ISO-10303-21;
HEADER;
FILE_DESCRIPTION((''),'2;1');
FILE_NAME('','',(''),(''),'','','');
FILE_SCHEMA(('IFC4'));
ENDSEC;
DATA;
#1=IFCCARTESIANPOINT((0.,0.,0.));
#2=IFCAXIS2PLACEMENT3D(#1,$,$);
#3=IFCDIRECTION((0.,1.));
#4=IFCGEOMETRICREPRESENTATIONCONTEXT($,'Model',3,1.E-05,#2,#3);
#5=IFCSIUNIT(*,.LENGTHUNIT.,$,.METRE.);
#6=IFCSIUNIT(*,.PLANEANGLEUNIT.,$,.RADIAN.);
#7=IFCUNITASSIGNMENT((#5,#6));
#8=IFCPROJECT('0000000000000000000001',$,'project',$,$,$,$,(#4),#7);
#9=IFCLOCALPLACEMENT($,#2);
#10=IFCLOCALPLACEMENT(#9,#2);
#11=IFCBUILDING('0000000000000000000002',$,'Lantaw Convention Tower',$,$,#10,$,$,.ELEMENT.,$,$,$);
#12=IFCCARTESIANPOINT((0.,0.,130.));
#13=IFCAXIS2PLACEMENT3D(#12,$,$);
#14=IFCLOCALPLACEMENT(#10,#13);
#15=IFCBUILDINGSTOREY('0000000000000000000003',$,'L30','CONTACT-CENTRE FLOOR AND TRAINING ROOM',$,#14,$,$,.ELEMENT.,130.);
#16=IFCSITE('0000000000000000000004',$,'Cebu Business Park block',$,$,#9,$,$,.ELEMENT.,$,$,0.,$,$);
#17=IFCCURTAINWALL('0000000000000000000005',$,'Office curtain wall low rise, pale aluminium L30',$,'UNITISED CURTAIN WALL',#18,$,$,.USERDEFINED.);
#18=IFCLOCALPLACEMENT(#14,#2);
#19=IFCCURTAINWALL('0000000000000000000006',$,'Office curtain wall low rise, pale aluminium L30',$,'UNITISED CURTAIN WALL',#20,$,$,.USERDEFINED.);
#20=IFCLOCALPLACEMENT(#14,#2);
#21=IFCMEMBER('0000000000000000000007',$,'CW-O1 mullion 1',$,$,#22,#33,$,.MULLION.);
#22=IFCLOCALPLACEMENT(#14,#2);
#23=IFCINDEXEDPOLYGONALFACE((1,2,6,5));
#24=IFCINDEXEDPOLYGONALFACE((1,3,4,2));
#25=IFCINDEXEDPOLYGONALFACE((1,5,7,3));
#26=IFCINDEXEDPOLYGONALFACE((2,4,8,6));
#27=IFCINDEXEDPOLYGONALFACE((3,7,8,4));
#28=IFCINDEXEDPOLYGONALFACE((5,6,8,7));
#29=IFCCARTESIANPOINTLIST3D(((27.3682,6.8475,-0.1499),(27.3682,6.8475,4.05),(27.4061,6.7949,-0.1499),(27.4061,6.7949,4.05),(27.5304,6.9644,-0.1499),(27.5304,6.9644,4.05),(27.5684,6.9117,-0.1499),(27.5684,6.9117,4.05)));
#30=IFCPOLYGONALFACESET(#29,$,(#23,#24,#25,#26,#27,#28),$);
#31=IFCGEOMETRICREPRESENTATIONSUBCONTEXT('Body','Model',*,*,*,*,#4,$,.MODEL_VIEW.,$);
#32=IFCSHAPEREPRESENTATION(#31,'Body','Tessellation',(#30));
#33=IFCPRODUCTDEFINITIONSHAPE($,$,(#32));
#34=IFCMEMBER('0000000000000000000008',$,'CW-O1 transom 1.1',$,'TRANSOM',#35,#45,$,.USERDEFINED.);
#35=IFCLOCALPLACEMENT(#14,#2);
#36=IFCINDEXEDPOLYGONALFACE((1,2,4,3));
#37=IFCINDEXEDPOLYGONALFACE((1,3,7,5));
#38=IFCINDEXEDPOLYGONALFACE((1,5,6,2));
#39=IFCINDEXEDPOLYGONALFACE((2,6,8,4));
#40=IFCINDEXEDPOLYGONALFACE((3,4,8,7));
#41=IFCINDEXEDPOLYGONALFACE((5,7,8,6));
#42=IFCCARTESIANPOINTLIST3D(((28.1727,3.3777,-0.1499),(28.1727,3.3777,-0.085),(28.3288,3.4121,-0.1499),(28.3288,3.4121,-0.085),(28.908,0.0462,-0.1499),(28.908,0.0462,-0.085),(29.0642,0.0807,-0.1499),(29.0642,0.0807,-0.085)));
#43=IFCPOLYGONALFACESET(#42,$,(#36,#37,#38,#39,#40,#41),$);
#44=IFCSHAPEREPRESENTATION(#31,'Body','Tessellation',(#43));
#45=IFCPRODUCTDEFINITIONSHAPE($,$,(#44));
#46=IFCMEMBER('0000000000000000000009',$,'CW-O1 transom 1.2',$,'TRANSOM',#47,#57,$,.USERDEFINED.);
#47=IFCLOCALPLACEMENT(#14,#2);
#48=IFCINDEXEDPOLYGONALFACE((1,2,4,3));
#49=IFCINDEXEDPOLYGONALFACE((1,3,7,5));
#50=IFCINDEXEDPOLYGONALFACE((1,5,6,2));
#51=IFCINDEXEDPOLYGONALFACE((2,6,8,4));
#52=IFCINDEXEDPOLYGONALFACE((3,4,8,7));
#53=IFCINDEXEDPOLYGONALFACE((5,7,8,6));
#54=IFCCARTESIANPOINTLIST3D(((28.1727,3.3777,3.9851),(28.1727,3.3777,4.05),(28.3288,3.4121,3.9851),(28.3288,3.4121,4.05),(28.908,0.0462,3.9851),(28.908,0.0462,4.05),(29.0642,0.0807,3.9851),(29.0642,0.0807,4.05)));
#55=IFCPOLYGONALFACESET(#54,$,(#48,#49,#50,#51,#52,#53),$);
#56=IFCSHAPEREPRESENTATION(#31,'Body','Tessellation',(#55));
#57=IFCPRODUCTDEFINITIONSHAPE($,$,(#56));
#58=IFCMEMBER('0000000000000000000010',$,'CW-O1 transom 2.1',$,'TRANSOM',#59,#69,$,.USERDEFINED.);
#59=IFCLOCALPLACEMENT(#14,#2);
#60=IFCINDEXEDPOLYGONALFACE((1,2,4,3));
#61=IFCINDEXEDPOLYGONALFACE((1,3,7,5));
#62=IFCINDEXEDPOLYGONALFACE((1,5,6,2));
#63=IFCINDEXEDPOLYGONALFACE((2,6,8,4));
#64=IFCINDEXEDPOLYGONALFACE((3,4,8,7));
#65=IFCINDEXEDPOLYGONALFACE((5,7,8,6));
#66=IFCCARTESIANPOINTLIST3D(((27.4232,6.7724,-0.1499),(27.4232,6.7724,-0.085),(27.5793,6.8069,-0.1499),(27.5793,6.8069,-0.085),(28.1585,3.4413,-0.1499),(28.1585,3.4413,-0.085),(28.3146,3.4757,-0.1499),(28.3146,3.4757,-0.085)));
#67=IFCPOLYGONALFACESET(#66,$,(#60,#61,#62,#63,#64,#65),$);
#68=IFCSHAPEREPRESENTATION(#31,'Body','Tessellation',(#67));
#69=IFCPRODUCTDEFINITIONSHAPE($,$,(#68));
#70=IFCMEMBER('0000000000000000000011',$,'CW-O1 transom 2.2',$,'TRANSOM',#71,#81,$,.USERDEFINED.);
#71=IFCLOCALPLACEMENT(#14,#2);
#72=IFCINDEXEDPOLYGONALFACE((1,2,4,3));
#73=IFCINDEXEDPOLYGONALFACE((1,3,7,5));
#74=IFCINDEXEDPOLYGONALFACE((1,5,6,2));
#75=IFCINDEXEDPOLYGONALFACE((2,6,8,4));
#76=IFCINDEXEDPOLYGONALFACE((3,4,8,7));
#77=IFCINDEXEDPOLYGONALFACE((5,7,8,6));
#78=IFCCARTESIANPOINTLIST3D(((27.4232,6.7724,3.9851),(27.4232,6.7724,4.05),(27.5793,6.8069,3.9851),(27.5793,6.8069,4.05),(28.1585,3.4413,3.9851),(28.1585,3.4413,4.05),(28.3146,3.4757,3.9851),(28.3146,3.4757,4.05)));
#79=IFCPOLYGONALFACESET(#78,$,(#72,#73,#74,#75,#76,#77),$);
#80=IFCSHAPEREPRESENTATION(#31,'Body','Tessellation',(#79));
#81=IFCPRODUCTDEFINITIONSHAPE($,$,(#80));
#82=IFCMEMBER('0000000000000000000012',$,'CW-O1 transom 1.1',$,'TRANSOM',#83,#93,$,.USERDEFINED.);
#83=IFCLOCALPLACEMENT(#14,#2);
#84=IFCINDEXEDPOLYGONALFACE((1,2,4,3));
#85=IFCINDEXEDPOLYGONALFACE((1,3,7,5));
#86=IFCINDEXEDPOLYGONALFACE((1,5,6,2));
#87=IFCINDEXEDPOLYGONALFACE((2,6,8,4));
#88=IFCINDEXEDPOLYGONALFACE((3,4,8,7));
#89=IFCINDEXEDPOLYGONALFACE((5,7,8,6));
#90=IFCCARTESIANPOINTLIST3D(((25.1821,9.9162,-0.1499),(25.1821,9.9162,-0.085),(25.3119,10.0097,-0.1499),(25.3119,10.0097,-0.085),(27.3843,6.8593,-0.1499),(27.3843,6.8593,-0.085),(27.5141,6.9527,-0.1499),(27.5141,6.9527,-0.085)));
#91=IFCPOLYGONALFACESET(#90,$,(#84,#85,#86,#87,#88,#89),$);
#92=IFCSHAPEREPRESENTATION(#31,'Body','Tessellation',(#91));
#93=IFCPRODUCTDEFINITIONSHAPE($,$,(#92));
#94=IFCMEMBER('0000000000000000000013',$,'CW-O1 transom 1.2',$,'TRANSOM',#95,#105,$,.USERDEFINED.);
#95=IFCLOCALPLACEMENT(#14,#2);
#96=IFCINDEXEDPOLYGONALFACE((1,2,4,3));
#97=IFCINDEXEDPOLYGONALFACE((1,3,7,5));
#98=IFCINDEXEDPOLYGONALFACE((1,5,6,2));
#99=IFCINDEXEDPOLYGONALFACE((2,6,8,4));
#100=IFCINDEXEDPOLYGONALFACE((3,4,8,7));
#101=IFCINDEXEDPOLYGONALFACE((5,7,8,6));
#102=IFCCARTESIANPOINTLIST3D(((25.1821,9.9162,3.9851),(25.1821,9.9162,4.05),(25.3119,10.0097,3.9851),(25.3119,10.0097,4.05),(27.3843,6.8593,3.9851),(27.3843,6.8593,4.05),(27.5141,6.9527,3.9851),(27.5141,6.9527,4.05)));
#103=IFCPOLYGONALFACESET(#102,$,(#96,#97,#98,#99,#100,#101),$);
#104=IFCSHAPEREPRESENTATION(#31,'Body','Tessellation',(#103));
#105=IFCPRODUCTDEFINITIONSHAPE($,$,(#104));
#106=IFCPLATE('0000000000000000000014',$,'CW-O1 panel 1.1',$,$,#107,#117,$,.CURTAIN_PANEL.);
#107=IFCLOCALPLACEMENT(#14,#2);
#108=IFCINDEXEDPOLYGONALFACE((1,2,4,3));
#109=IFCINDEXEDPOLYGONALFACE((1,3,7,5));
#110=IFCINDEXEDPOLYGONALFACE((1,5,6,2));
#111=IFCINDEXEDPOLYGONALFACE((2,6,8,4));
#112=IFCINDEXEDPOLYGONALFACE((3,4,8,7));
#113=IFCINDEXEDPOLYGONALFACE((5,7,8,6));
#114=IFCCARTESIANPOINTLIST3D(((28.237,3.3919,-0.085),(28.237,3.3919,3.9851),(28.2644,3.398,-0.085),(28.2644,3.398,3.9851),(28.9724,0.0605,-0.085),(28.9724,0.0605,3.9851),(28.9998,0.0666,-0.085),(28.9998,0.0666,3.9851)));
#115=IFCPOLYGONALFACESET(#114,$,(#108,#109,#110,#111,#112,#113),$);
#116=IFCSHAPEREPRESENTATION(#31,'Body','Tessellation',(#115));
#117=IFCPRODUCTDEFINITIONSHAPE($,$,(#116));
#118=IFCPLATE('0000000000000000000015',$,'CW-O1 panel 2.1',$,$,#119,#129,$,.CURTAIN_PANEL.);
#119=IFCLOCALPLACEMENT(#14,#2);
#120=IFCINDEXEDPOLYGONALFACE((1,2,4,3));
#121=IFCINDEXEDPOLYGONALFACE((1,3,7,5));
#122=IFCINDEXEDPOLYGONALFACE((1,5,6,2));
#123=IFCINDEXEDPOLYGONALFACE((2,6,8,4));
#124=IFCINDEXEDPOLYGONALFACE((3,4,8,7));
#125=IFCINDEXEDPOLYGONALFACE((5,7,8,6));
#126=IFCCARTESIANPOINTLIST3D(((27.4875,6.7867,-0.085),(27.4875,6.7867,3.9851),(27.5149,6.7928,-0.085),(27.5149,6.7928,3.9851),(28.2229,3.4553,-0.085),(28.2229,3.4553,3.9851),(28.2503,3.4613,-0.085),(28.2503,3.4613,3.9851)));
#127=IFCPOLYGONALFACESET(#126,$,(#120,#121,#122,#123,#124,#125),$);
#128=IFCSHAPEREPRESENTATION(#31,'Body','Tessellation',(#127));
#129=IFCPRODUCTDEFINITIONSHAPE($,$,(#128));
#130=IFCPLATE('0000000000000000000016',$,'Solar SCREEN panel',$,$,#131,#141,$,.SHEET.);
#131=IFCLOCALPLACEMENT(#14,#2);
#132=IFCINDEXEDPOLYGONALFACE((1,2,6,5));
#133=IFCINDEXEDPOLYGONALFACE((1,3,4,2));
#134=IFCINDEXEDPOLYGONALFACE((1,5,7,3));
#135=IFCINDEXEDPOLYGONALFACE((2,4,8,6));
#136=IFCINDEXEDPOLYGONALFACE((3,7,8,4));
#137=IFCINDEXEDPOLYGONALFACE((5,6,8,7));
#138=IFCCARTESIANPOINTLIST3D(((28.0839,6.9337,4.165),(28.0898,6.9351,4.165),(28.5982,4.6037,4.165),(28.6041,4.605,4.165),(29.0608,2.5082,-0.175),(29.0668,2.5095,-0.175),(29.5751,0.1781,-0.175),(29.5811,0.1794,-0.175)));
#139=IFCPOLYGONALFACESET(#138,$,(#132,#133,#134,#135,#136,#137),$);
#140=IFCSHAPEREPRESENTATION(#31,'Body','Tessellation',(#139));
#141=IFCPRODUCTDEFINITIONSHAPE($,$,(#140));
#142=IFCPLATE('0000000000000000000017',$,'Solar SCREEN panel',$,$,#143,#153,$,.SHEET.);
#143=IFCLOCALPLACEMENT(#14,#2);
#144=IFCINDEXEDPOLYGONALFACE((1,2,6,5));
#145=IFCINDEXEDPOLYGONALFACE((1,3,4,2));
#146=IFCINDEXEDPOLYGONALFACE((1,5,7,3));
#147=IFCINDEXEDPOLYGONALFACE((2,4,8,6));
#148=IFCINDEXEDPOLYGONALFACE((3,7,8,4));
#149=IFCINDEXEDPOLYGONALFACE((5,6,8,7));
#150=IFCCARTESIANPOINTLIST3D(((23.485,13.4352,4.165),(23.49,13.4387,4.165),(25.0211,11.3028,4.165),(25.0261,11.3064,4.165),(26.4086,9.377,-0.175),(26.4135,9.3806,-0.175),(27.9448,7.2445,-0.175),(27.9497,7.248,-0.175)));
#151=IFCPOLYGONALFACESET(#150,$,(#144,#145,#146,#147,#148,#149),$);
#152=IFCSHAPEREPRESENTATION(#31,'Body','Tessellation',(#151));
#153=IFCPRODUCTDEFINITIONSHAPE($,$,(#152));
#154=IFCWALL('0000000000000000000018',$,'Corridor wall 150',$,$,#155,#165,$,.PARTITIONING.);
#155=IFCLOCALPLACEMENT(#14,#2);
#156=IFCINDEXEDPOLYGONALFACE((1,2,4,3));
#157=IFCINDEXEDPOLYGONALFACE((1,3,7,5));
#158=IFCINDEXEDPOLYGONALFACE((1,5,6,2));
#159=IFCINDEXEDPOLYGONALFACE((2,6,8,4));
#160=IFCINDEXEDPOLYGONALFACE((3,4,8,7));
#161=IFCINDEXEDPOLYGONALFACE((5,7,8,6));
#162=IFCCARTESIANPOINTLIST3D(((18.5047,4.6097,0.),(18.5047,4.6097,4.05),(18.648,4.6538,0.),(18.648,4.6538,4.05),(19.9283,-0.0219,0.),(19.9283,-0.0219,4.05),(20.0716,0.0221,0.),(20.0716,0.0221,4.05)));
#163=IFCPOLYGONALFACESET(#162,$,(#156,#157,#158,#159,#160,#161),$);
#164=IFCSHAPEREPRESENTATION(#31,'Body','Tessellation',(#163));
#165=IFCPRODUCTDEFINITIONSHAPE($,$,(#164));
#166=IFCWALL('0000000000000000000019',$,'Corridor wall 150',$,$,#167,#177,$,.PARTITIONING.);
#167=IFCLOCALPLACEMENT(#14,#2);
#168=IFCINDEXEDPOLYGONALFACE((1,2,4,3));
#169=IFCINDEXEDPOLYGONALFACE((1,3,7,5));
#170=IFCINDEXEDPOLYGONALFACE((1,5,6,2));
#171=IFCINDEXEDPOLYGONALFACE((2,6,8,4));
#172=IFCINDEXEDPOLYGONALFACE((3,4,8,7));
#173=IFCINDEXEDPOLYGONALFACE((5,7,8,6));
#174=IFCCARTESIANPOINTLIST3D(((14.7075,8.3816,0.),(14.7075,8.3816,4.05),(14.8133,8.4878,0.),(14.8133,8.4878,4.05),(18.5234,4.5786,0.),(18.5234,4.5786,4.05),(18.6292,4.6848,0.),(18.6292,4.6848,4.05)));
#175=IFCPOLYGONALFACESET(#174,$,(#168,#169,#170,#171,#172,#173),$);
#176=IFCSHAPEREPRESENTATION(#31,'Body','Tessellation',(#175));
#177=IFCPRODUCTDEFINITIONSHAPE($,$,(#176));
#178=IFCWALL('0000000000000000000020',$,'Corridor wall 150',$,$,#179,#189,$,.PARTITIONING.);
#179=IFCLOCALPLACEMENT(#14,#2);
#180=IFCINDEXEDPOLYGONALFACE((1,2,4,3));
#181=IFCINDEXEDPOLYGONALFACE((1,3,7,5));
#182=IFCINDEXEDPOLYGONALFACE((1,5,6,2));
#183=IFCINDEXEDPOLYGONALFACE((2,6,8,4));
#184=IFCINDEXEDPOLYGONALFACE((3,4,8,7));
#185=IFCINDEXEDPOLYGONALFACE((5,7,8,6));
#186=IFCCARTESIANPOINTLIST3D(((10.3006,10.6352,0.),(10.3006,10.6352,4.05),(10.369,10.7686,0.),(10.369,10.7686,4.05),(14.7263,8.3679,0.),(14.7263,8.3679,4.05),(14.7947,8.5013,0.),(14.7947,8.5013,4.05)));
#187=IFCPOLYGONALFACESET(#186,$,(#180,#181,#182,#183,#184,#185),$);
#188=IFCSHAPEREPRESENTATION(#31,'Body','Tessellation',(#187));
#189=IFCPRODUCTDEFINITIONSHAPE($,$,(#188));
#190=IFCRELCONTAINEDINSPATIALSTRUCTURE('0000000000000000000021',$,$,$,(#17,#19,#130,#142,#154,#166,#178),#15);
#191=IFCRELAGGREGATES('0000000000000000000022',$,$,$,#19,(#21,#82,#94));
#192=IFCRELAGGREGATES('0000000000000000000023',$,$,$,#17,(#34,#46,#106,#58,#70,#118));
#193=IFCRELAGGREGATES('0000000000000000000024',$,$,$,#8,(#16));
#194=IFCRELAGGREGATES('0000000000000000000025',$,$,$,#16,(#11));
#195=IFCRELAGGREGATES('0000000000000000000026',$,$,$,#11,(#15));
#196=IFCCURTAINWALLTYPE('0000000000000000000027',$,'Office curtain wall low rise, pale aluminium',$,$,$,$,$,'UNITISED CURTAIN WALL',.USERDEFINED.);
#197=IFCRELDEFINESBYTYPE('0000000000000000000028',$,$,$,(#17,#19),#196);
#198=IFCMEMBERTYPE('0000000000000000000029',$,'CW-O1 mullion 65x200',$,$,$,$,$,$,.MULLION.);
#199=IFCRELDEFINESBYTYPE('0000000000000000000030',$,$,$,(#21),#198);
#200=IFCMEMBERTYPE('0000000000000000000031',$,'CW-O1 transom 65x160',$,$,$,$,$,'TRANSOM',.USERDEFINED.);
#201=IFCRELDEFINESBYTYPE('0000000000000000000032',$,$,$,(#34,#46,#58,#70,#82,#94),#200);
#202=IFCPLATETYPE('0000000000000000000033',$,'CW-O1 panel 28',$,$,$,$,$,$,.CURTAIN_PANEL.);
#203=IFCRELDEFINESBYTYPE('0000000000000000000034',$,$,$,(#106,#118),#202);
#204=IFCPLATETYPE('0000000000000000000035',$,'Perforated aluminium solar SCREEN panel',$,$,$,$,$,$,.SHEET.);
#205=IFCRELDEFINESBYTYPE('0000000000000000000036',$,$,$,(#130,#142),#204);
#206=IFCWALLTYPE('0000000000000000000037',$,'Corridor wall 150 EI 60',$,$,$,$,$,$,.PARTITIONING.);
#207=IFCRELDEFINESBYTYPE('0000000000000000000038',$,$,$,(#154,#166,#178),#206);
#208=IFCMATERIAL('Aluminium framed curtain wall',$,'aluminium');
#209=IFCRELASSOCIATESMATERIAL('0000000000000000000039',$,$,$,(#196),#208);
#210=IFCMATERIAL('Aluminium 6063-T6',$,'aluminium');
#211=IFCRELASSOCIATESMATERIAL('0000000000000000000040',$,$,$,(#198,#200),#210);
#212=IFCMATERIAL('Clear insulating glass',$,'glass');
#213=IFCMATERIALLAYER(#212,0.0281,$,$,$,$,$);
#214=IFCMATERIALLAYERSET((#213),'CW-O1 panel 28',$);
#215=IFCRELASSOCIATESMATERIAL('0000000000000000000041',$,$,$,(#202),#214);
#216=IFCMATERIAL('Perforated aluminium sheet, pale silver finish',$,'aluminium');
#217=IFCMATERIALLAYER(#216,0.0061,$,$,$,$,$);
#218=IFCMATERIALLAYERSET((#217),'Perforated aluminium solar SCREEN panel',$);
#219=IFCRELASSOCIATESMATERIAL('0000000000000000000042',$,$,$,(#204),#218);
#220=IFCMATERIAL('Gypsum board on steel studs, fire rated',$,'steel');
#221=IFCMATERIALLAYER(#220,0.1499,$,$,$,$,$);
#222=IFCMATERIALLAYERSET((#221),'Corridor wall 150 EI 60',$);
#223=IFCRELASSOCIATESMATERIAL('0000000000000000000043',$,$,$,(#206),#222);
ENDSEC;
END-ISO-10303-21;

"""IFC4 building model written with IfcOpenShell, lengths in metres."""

from ifc_helpers import new_model, si_unit, direction, frame, frame_2d, origin, origin_2d, place, context, subcontext, project, spatial, polyline, rectangle, outline, extrude, material, layer, layer_set, material_profile, profile_set, type_object, element, aggregate, save


model = new_model("IFC4")

# Units and contexts
model_context = context("Model", 3, precision=1e-05, world=origin(), true_north=direction((0.0, 1.0)))
body_context = subcontext(model_context, "Body", "Model", "MODEL_VIEW")
ifc_project = project(units=[si_unit("LENGTHUNIT", "METRE"), si_unit("PLANEANGLEUNIT", "RADIAN")], contexts=[model_context])

# Site, building, storey
site_placement = place(None, origin())
site = spatial("IfcSite", under=ifc_project, at=site_placement, Name="Cebu Business Park block", CompositionType="ELEMENT", RefElevation=0.0)
building_placement = place(site_placement, origin())
building = spatial("IfcBuilding", under=site, at=building_placement, Name="Lantaw Convention Tower", CompositionType="ELEMENT")
storey_placement = place(building_placement, frame((0.0, 0.0, 130.0)))
storey = spatial("IfcBuildingStorey", under=building, at=storey_placement, Name="L30", Description="CONTACT-CENTRE FLOOR AND TRAINING ROOM", CompositionType="ELEMENT", Elevation=130.0)

# Curtain wall
ifc_material_1 = material(Name="Aluminium framed curtain wall", Category="aluminium")
curtain_wall_type = type_object("IfcCurtainWallType", Name="Office curtain wall low rise, pale aluminium", ElementType="UNITISED CURTAIN WALL", PredefinedType="USERDEFINED", material=ifc_material_1)
curtain_wall_1_placement = place(storey_placement, origin())
curtain_wall_1 = element("IfcCurtainWall", 1, at=curtain_wall_1_placement, inside=storey, type_object=curtain_wall_type, Name="Office curtain wall low rise, pale aluminium L30", ObjectType="UNITISED CURTAIN WALL", PredefinedType="USERDEFINED")
ifc_material_2 = material(Name="Aluminium 6063-T6", Category="aluminium")
ifc_material_profile_1 = material_profile(ifc_material_2, rectangle(XDim=0.2, YDim=0.0649, at=origin_2d()), Name="CW-O1 mullion 65x200")
ifc_profile_set_1 = profile_set([ifc_material_profile_1], Name="Aluminium 6063-T6")
member_type_1 = type_object("IfcMemberType", Name="CW-O1 mullion 65x200", PredefinedType="MULLION", material=ifc_profile_set_1)

# Curtain wall, member
curtain_wall_2_placement = place(storey_placement, origin())
curtain_wall_2 = element("IfcCurtainWall", 2, at=curtain_wall_2_placement, inside=storey, type_object=curtain_wall_type, Name="Office curtain wall low rise, pale aluminium L30", ObjectType="UNITISED CURTAIN WALL", PredefinedType="USERDEFINED")
member_1_placement = place(storey_placement, frame((27.4683, 6.8796, -0.1499), z_axis=(0.0, 0.0, 1.0), x_axis=(-0.811385, -0.584513, 0.0)))
member_1 = element("IfcMember", 3, at=member_1_placement, type_object=member_type_1, Name="CW-O1 mullion 1", PredefinedType="MULLION", context=body_context, shape_type="SweptSolid", body=[
    extrude(rectangle(XDim=0.2, YDim=0.0649, at=origin_2d()), origin(), (0.0, 0.0, 1.0), 4.2),
])

# Members
ifc_material_profile_2 = material_profile(ifc_material_2, rectangle(XDim=0.1599, YDim=0.0649, at=origin_2d()), Name="CW-O1 transom 65x160")
ifc_profile_set_2 = profile_set([ifc_material_profile_2], Name="Aluminium 6063-T6")
member_type_2 = type_object("IfcMemberType", Name="CW-O1 transom 65x160", ElementType="TRANSOM", PredefinedType="USERDEFINED", material=ifc_profile_set_2)
member_2_placement = place(storey_placement, frame((28.9861, 0.0635, -0.1174), z_axis=(-0.215536, 0.976496, 0.0), x_axis=(-0.976496, -0.215536, 0.0)))
member_2 = element("IfcMember", 4, at=member_2_placement, type_object=member_type_2, Name="CW-O1 transom 1.1", ObjectType="TRANSOM", PredefinedType="USERDEFINED", context=body_context, shape_type="SweptSolid", body=[
    extrude(rectangle(XDim=0.1599, YDim=0.0649, at=origin_2d()), origin(), (0.0, 0.0, 1.0), 3.4116),
])
member_3_placement = place(storey_placement, frame((28.9861, 0.0635, 4.0176), z_axis=(-0.215536, 0.976496, 0.0), x_axis=(-0.976496, -0.215536, 0.0)))
member_3 = element("IfcMember", 5, at=member_3_placement, type_object=member_type_2, Name="CW-O1 transom 1.2", ObjectType="TRANSOM", PredefinedType="USERDEFINED", context=body_context, shape_type="SweptSolid", body=[
    extrude(rectangle(XDim=0.1599, YDim=0.0649, at=origin_2d()), origin(), (0.0, 0.0, 1.0), 3.4116),
])
member_4_placement = place(storey_placement, frame((28.2366, 3.4585, -0.1174), z_axis=(-0.215551, 0.976493, 0.0), x_axis=(-0.976493, -0.215551, 0.0)))
member_4 = element("IfcMember", 6, at=member_4_placement, type_object=member_type_2, Name="CW-O1 transom 2.1", ObjectType="TRANSOM", PredefinedType="USERDEFINED", context=body_context, shape_type="SweptSolid", body=[
    extrude(rectangle(XDim=0.1599, YDim=0.0649, at=origin_2d()), origin(), (0.0, 0.0, 1.0), 3.4114),
])
member_5_placement = place(storey_placement, frame((28.2366, 3.4585, 4.0176), z_axis=(-0.215551, 0.976493, 0.0), x_axis=(-0.976493, -0.215551, 0.0)))
member_5 = element("IfcMember", 7, at=member_5_placement, type_object=member_type_2, Name="CW-O1 transom 2.2", ObjectType="TRANSOM", PredefinedType="USERDEFINED", context=body_context, shape_type="SweptSolid", body=[
    extrude(rectangle(XDim=0.1599, YDim=0.0649, at=origin_2d()), origin(), (0.0, 0.0, 1.0), 3.4114),
])
member_6_placement = place(storey_placement, frame((27.4492, 6.906, -0.1174), z_axis=(-0.584513, 0.811384, 0.0), x_axis=(-0.811384, -0.584513, 0.0)))
member_6 = element("IfcMember", 8, at=member_6_placement, type_object=member_type_2, Name="CW-O1 transom 1.1", ObjectType="TRANSOM", PredefinedType="USERDEFINED", context=body_context, shape_type="SweptSolid", body=[
    extrude(rectangle(XDim=0.1599, YDim=0.0649, at=origin_2d()), origin(), (0.0, 0.0, 1.0), 3.7676),
])
member_7_placement = place(storey_placement, frame((27.4492, 6.906, 4.0176), z_axis=(-0.584513, 0.811384, 0.0), x_axis=(-0.811384, -0.584513, 0.0)))
member_7 = element("IfcMember", 9, at=member_7_placement, type_object=member_type_2, Name="CW-O1 transom 1.2", ObjectType="TRANSOM", PredefinedType="USERDEFINED", context=body_context, shape_type="SweptSolid", body=[
    extrude(rectangle(XDim=0.1599, YDim=0.0649, at=origin_2d()), origin(), (0.0, 0.0, 1.0), 3.7676),
])
aggregate(curtain_wall_2, [member_1, member_6, member_7])

# Plates
ifc_material_3 = material(Name="Clear insulating glass", Category="glass")
ifc_layer_1 = layer(ifc_material_3, 0.0281)
ifc_layer_set_1 = layer_set([ifc_layer_1], Name="CW-O1 panel 28")
plate_type_1 = type_object("IfcPlateType", Name="CW-O1 panel 28", PredefinedType="CURTAIN_PANEL", material=ifc_layer_set_1)
plate_1_placement = place(storey_placement, frame((28.6184, 1.7292, -0.085), z_axis=(0.0, 0.0, 1.0), x_axis=(-0.215546, 0.976494, 0.0)))
plate_1 = element("IfcPlate", 10, at=plate_1_placement, type_object=plate_type_1, Name="CW-O1 panel 1.1", PredefinedType="CURTAIN_PANEL", context=body_context, shape_type="SweptSolid", body=[
    extrude(rectangle(XDim=3.4116, YDim=0.0281, at=origin_2d()), origin(), (0.0, 0.0, 1.0), 4.0701),
])
plate_2_placement = place(storey_placement, frame((27.8689, 5.124, -0.085), z_axis=(0.0, 0.0, 1.0), x_axis=(-0.215546, 0.976494, 0.0)))
plate_2 = element("IfcPlate", 11, at=plate_2_placement, type_object=plate_type_1, Name="CW-O1 panel 2.1", PredefinedType="CURTAIN_PANEL", context=body_context, shape_type="SweptSolid", body=[
    extrude(rectangle(XDim=3.4116, YDim=0.0281, at=origin_2d()), origin(), (0.0, 0.0, 1.0), 4.0701),
])
aggregate(curtain_wall_1, [member_2, member_3, plate_1, member_4, member_5, plate_2])

# Plates
ifc_material_4 = material(Name="Perforated aluminium sheet, pale silver finish", Category="aluminium")
ifc_layer_2 = layer(ifc_material_4, 0.0061)
ifc_layer_set_2 = layer_set([ifc_layer_2], Name="Perforated aluminium solar SCREEN panel")
plate_type_2 = type_object("IfcPlateType", Name="Perforated aluminium solar SCREEN panel", PredefinedType="SHEET", material=ifc_layer_set_2)
plate_3_placement = place(storey_placement, frame((29.5811, 0.1794, -0.175), z_axis=(0.976498, 0.215527, 0.000033), x_axis=(-0.215527, 0.976498, 0.0)))
element("IfcPlate", 12, at=plate_3_placement, inside=storey, type_object=plate_type_2, Name="Solar SCREEN panel", PredefinedType="SHEET", context=body_context, shape_type="SweptSolid", body=[
    extrude(outline(polyline([(0.0, 0.0), (2.3862, 0.0), (6.9182, 4.3401), (4.5321, 4.3401), (0.0, 0.0)])), origin(), (0.0, 0.0, -1.0), 0.0061),
])
plate_4_placement = place(storey_placement, frame((27.9497, 7.248, -0.175), z_axis=(0.811395, 0.584498, 0.000036), x_axis=(-0.584498, 0.811395, 0.0)))
element("IfcPlate", 13, at=plate_4_placement, inside=storey, type_object=plate_type_2, Name="Solar SCREEN panel", PredefinedType="SHEET", context=body_context, shape_type="SweptSolid", body=[
    extrude(outline(polyline([(0.0, 0.0), (2.6282, 0.0), (7.6298, 4.3401), (5.0018, 4.3401), (0.0, 0.0)])), origin(), (0.0, 0.0, -1.0), 0.0061),
])

# Walls
ifc_material_5 = material(Name="Gypsum board on steel studs, fire rated", Category="steel")
ifc_layer_3 = layer(ifc_material_5, 0.1499)
ifc_layer_set_3 = layer_set([ifc_layer_3], Name="Corridor wall 150 EI 60")
wall_type_1 = type_object("IfcWallType", Name="Corridor wall 150 EI 60", PredefinedType="PARTITIONING", material=ifc_layer_set_3)
wall_1_placement = place(storey_placement, frame((20.0, 0.0, 0.0), z_axis=(0.0, 0.0, 1.0), x_axis=(-0.293799, 0.955867, 0.0)))
element("IfcWall", 14, at=wall_1_placement, inside=storey, type_object=wall_type_1, Name="Corridor wall 150", PredefinedType="PARTITIONING", context=body_context, shape_type="SweptSolid", body=[
    extrude(rectangle(XDim=4.8455, YDim=0.1499, at=frame_2d((2.4229, 0.0))), origin(), (0.0, 0.0, 1.0), 4.05),
])
wall_2_placement = place(storey_placement, frame((18.5764, 4.6316, 0.0), z_axis=(0.0, 0.0, 1.0), x_axis=(-0.708307, 0.705905, 0.0)))
element("IfcWall", 15, at=wall_2_placement, inside=storey, type_object=wall_type_1, Name="Corridor wall 150", PredefinedType="PARTITIONING", context=body_context, shape_type="SweptSolid", body=[
    extrude(rectangle(XDim=5.3875, YDim=0.1499, at=frame_2d((2.6938, 0.0))), origin(), (0.0, 0.0, 1.0), 4.05),
])
wall_3_placement = place(storey_placement, frame((14.7605, 8.4346, 0.0), z_axis=(0.0, 0.0, 1.0), x_axis=(-0.890005, 0.455951, 0.0)))
element("IfcWall", 16, at=wall_3_placement, inside=storey, type_object=wall_type_1, Name="Corridor wall 150", PredefinedType="PARTITIONING", context=body_context, shape_type="SweptSolid", body=[
    extrude(rectangle(XDim=4.9727, YDim=0.1499, at=frame_2d((2.4863, 0.0))), origin(), (0.0, 0.0, 1.0), 4.05),
])

save(model, "model.ifc")
